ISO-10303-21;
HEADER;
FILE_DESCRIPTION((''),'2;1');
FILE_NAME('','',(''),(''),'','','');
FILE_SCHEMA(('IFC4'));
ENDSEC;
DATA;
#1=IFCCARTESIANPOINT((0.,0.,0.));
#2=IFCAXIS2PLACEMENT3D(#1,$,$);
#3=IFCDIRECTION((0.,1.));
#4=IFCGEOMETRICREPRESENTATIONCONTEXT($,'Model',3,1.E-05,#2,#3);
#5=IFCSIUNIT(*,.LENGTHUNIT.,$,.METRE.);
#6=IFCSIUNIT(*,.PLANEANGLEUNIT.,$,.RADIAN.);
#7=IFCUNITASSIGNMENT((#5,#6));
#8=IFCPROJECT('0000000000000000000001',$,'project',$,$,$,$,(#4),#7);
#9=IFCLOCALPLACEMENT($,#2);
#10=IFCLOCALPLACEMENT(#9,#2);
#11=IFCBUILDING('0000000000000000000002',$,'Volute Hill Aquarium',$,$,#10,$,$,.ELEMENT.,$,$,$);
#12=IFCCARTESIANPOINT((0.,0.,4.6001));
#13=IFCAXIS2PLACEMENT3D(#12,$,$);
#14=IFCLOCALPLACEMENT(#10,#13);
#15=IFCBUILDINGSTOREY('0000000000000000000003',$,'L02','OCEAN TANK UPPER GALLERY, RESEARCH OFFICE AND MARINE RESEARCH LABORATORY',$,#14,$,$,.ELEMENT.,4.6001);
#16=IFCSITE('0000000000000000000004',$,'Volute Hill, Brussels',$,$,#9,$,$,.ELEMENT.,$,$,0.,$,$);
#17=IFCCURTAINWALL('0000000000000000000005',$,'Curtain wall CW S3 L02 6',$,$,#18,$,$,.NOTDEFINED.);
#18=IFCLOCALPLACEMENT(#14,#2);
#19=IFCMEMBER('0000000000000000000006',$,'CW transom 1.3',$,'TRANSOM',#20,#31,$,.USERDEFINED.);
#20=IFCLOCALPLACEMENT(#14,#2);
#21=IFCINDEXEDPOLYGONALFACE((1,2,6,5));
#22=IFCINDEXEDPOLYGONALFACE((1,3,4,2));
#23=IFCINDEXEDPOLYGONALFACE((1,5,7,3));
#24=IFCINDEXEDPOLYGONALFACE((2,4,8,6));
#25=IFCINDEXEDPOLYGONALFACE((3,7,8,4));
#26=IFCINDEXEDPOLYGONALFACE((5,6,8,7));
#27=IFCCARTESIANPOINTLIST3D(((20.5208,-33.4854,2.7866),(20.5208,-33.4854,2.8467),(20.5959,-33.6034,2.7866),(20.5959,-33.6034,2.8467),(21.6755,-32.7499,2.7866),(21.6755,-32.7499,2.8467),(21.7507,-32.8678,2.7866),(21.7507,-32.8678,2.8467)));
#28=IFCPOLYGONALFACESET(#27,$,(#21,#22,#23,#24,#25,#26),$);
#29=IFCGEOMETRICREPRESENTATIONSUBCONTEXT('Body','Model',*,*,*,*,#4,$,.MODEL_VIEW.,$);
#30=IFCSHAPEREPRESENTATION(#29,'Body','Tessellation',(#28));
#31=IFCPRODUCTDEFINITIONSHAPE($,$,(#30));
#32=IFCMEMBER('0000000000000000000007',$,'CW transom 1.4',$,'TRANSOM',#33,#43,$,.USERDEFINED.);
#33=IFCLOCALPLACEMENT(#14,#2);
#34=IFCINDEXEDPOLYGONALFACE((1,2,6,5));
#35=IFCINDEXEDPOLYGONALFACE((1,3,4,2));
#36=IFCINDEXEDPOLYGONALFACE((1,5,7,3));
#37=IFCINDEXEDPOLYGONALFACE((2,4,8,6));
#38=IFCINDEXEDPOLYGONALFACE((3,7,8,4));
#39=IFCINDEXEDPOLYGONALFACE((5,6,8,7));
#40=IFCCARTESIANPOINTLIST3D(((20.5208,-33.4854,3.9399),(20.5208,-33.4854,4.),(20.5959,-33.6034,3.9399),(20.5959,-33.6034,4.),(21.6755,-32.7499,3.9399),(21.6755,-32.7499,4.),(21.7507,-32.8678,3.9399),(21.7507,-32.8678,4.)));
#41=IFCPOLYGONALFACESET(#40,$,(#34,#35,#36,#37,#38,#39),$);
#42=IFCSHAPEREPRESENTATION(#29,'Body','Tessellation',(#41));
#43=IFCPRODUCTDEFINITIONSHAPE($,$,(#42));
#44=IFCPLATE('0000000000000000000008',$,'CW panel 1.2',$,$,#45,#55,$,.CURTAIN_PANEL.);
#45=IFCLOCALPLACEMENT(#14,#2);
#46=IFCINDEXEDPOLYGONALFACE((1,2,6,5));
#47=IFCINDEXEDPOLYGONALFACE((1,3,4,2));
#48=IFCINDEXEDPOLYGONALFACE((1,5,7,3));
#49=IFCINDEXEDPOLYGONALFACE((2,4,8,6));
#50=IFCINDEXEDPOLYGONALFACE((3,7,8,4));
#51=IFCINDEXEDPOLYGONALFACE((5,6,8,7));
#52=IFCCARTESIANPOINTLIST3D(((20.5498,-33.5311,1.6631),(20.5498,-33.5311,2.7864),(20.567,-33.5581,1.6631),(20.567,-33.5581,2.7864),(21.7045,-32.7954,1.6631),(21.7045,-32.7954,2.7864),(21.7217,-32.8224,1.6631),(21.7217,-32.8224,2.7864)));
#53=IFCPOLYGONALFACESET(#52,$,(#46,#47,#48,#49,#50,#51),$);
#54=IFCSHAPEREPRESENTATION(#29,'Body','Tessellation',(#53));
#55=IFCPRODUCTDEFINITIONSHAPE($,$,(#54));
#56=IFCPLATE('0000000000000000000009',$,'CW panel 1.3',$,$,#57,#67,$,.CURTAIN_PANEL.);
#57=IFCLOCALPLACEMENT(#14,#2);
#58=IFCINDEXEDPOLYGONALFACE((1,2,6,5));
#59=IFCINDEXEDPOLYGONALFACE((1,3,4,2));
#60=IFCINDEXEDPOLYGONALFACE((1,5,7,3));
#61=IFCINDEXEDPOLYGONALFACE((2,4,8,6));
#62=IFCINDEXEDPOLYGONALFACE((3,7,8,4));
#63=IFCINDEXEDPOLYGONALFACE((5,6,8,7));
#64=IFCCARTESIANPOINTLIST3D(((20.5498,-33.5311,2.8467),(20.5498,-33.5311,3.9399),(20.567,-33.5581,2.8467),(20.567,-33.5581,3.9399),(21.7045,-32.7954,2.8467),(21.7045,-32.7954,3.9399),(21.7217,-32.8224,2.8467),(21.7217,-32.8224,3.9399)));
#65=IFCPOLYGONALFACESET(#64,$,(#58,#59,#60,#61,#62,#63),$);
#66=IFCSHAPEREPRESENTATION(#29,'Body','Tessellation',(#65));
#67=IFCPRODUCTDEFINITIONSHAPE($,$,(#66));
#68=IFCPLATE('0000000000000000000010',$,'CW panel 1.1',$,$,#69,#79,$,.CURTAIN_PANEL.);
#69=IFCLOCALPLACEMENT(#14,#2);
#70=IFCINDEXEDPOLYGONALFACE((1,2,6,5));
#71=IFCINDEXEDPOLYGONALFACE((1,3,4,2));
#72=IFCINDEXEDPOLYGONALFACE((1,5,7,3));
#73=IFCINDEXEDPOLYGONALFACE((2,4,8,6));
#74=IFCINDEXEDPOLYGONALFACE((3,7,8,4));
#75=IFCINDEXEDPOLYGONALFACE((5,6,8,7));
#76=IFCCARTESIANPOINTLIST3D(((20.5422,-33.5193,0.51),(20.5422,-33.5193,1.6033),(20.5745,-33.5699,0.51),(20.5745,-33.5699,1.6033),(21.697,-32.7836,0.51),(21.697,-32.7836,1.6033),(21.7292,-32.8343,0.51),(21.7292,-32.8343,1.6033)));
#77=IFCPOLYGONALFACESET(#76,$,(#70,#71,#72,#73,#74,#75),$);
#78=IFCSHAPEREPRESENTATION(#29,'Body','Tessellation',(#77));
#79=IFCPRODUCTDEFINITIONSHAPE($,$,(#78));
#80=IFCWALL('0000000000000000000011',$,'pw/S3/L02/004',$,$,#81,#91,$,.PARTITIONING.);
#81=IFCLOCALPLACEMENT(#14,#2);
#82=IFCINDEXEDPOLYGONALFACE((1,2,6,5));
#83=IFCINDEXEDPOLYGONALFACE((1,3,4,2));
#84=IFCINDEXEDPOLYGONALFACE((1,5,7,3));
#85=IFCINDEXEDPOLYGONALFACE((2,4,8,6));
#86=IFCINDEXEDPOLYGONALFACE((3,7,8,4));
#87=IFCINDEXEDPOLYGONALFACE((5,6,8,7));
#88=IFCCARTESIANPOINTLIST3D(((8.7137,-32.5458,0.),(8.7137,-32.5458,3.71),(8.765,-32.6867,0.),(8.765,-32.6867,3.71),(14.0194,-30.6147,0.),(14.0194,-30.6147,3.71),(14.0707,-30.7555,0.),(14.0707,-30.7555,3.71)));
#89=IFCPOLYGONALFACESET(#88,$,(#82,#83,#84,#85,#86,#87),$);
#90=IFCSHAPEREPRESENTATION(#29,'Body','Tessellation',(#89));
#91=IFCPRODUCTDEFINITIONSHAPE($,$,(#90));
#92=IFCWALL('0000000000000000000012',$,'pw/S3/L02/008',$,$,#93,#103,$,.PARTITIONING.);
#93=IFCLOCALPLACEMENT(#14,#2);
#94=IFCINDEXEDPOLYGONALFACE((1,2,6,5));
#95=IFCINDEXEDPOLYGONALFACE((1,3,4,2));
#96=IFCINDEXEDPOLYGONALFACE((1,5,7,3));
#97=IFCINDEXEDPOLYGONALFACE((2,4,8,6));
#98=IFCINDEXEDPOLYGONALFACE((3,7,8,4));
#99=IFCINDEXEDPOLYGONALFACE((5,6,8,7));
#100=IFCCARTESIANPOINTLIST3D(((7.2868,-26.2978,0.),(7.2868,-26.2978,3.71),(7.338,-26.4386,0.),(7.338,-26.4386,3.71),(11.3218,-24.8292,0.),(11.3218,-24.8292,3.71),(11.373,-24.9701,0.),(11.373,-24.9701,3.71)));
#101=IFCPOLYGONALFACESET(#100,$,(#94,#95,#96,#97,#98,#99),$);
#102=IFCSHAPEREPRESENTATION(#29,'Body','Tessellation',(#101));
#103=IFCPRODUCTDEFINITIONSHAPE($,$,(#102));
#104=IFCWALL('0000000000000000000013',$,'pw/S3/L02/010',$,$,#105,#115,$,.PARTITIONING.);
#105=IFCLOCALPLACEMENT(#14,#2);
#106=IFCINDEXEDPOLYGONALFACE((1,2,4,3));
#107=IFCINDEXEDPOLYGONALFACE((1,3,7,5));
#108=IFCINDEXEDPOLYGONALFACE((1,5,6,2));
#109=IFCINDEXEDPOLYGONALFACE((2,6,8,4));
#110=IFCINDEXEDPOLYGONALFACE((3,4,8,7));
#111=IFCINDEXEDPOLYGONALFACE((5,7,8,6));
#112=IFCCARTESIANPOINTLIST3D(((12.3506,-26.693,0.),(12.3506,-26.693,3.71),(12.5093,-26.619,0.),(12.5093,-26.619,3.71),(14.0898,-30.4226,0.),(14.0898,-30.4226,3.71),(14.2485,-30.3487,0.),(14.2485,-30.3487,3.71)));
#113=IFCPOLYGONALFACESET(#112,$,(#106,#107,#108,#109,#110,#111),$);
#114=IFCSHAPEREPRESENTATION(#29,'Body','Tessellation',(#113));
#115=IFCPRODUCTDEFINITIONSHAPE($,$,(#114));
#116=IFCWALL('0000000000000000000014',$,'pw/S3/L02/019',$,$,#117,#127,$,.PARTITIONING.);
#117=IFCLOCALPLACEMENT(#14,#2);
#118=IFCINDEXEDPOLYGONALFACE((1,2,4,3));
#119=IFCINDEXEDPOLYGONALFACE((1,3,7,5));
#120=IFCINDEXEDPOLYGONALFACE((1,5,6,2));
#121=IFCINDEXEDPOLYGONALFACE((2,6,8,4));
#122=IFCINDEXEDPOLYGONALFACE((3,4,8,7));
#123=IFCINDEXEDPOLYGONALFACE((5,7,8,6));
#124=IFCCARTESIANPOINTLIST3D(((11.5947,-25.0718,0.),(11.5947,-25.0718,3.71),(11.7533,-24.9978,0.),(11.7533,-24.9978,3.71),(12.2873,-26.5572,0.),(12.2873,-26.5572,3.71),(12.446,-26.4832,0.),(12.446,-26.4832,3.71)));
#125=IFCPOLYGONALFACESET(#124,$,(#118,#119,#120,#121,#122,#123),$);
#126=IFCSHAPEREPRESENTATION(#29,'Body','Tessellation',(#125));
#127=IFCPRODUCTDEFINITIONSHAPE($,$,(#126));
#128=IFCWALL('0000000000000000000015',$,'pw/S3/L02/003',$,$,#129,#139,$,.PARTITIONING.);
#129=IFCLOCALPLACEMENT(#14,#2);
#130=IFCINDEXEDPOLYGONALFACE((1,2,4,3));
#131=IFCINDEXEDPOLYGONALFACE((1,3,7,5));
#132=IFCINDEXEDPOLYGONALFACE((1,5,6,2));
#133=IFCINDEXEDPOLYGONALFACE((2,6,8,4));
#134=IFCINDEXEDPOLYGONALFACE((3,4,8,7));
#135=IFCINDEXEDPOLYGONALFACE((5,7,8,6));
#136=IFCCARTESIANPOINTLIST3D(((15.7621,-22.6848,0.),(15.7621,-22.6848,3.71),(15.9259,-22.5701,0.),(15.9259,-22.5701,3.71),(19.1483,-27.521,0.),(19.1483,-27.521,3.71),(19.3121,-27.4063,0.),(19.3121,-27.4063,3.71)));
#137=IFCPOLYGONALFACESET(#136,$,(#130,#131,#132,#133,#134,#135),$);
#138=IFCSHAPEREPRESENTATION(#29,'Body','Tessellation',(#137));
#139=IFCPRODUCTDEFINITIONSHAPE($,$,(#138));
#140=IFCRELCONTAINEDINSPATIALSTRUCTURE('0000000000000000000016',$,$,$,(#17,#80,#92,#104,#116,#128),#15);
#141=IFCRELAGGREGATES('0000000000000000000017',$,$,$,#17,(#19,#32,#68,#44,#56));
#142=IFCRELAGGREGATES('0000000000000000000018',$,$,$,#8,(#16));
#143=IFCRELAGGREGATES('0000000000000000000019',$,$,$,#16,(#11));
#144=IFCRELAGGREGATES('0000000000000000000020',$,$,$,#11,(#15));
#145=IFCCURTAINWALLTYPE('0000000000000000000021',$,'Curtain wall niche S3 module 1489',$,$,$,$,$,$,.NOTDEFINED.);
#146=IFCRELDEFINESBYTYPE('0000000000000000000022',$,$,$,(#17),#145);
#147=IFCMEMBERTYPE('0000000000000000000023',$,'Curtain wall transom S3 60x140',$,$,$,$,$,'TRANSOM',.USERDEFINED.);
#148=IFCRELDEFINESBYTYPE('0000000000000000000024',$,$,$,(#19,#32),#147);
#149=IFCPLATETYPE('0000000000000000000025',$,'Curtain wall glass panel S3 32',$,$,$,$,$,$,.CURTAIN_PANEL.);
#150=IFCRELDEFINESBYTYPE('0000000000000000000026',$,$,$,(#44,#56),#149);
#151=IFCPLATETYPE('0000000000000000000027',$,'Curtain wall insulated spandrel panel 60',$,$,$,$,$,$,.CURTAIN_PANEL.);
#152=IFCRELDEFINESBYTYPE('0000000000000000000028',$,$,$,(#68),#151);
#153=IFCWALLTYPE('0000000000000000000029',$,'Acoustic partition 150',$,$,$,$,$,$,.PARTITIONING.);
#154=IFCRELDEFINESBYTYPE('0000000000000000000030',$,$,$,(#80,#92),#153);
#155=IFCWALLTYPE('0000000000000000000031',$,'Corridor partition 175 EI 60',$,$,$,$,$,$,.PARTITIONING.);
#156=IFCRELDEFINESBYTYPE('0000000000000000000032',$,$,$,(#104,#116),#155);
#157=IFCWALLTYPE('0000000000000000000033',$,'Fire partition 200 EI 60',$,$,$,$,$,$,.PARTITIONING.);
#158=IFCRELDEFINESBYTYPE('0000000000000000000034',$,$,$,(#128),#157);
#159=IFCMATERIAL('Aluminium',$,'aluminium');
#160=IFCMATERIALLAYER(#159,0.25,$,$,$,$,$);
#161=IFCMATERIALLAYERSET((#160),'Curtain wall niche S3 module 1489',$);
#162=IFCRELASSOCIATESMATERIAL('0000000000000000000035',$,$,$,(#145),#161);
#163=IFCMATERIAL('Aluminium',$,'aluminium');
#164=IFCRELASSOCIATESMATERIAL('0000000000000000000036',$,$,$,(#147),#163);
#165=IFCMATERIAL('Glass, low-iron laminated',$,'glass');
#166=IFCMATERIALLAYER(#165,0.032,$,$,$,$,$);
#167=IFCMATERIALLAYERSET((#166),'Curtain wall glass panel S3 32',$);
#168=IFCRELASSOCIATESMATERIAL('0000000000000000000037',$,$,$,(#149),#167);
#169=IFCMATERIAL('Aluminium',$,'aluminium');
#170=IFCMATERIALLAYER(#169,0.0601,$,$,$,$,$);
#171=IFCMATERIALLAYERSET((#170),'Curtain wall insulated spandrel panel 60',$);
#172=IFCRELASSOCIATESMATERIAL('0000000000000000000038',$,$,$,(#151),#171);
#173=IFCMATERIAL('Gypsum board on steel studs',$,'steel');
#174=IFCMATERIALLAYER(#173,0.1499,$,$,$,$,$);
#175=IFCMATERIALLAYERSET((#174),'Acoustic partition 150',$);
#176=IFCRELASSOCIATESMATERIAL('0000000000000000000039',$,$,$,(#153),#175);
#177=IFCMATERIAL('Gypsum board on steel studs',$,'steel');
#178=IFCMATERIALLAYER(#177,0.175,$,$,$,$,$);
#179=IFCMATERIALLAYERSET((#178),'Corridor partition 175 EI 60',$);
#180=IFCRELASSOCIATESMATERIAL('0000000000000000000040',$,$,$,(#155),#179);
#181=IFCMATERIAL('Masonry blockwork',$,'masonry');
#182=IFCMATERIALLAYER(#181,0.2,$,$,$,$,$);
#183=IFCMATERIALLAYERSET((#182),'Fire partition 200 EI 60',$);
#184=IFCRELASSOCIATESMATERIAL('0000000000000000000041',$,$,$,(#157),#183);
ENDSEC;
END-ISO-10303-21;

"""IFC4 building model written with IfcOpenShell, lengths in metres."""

from ifc_helpers import new_model, si_unit, direction, frame, frame_2d, origin, origin_2d, place, context, subcontext, project, spatial, rectangle, extrude, material, layer, layer_set, material_profile, profile_set, type_object, element, aggregate, save


model = new_model("IFC4")

# Units and contexts
model_context = context("Model", 3, precision=1e-05, world=origin(), true_north=direction((0.0, 1.0)))
body_context = subcontext(model_context, "Body", "Model", "MODEL_VIEW")
ifc_project = project(units=[si_unit("LENGTHUNIT", "METRE"), si_unit("PLANEANGLEUNIT", "RADIAN")], contexts=[model_context])

# Site, building, storey
site_placement = place(None, origin())
site = spatial("IfcSite", under=ifc_project, at=site_placement, Name="Volute Hill, Brussels", CompositionType="ELEMENT", RefElevation=0.0)
building_placement = place(site_placement, origin())
building = spatial("IfcBuilding", under=site, at=building_placement, Name="Volute Hill Aquarium", CompositionType="ELEMENT")
storey_placement = place(building_placement, frame((0.0, 0.0, 4.6001)))
storey = spatial("IfcBuildingStorey", under=building, at=storey_placement, Name="L02", Description="OCEAN TANK UPPER GALLERY, RESEARCH OFFICE AND MARINE RESEARCH LABORATORY", CompositionType="ELEMENT", Elevation=4.6001)

# Curtain wall, members, plates
ifc_material_1 = material(Name="Aluminium", Category="aluminium")
ifc_layer_1 = layer(ifc_material_1, 0.25)
ifc_layer_set_1 = layer_set([ifc_layer_1], Name="Curtain wall niche S3 module 1489")
curtain_wall_type = type_object("IfcCurtainWallType", Name="Curtain wall niche S3 module 1489", PredefinedType="NOTDEFINED", material=ifc_layer_set_1)
curtain_wall_placement = place(storey_placement, origin())
curtain_wall = element("IfcCurtainWall", 1, at=curtain_wall_placement, inside=storey, type_object=curtain_wall_type, Name="Curtain wall CW S3 L02 6", PredefinedType="NOTDEFINED")
ifc_material_2 = material(Name="Aluminium", Category="aluminium")
ifc_material_profile_1 = material_profile(ifc_material_2, rectangle(XDim=0.1399, YDim=0.0601, at=origin_2d()), Name="Curtain wall transom S3 60x140")
ifc_profile_set_1 = profile_set([ifc_material_profile_1], Name="Aluminium")
member_type = type_object("IfcMemberType", Name="Curtain wall transom S3 60x140", ElementType="TRANSOM", PredefinedType="USERDEFINED", material=ifc_profile_set_1)
member_1_placement = place(storey_placement, frame((20.5583, -33.5444, 2.8167), z_axis=(0.843419, 0.537256, 0.0), x_axis=(-0.537256, 0.843419, 0.0)))
member_1 = element("IfcMember", 2, at=member_1_placement, type_object=member_type, Name="CW transom 1.3", ObjectType="TRANSOM", PredefinedType="USERDEFINED", context=body_context, shape_type="SweptSolid", body=[
    extrude(rectangle(XDim=0.1399, YDim=0.0601, at=origin_2d()), origin(), (0.0, 0.0, 1.0), 1.3691),
])
member_2_placement = place(storey_placement, frame((20.5583, -33.5444, 3.97), z_axis=(0.843419, 0.537256, 0.0), x_axis=(-0.537256, 0.843419, 0.0)))
member_2 = element("IfcMember", 3, at=member_2_placement, type_object=member_type, Name="CW transom 1.4", ObjectType="TRANSOM", PredefinedType="USERDEFINED", context=body_context, shape_type="SweptSolid", body=[
    extrude(rectangle(XDim=0.1399, YDim=0.0601, at=origin_2d()), origin(), (0.0, 0.0, 1.0), 1.3691),
])
ifc_material_3 = material(Name="Glass, low-iron laminated", Category="glass")
ifc_layer_2 = layer(ifc_material_3, 0.032)
ifc_layer_set_2 = layer_set([ifc_layer_2], Name="Curtain wall glass panel S3 32")
plate_type_1 = type_object("IfcPlateType", Name="Curtain wall glass panel S3 32", PredefinedType="CURTAIN_PANEL", material=ifc_layer_set_2)
plate_1_placement = place(storey_placement, frame((21.1357, -33.1768, 1.6631), z_axis=(0.0, 0.0, 1.0), x_axis=(0.843387, 0.537307, 0.0)))
plate_1 = element("IfcPlate", 4, at=plate_1_placement, type_object=plate_type_1, Name="CW panel 1.2", PredefinedType="CURTAIN_PANEL", context=body_context, shape_type="SweptSolid", body=[
    extrude(rectangle(XDim=1.3691, YDim=0.032, at=origin_2d()), origin(), (0.0, 0.0, 1.0), 1.1233),
])
plate_2_placement = place(storey_placement, frame((21.1357, -33.1768, 2.8467), z_axis=(0.0, 0.0, 1.0), x_axis=(0.843387, 0.537307, 0.0)))
plate_2 = element("IfcPlate", 5, at=plate_2_placement, type_object=plate_type_1, Name="CW panel 1.3", PredefinedType="CURTAIN_PANEL", context=body_context, shape_type="SweptSolid", body=[
    extrude(rectangle(XDim=1.3691, YDim=0.032, at=origin_2d()), origin(), (0.0, 0.0, 1.0), 1.0933),
])
ifc_material_4 = material(Name="Aluminium", Category="aluminium")
ifc_layer_3 = layer(ifc_material_4, 0.0601)
ifc_layer_set_3 = layer_set([ifc_layer_3], Name="Curtain wall insulated spandrel panel 60")
plate_type_2 = type_object("IfcPlateType", Name="Curtain wall insulated spandrel panel 60", PredefinedType="CURTAIN_PANEL", material=ifc_layer_set_3)
plate_3_placement = place(storey_placement, frame((21.1357, -33.1768, 0.51), z_axis=(0.0, 0.0, 1.0), x_axis=(0.843387, 0.537307, 0.0)))
plate_3 = element("IfcPlate", 6, at=plate_3_placement, type_object=plate_type_2, Name="CW panel 1.1", PredefinedType="CURTAIN_PANEL", context=body_context, shape_type="SweptSolid", body=[
    extrude(rectangle(XDim=1.3691, YDim=0.0601, at=origin_2d()), origin(), (0.0, 0.0, 1.0), 1.0933),
])
aggregate(curtain_wall, [member_1, member_2, plate_3, plate_1, plate_2])

# Walls
ifc_material_5 = material(Name="Gypsum board on steel studs", Category="steel")
ifc_layer_4 = layer(ifc_material_5, 0.1499)
ifc_layer_set_4 = layer_set([ifc_layer_4], Name="Acoustic partition 150")
wall_type_1 = type_object("IfcWallType", Name="Acoustic partition 150", PredefinedType="PARTITIONING", material=ifc_layer_set_4)
wall_1_placement = place(storey_placement, frame((14.0452, -30.6851, 0.0), z_axis=(0.0, 0.0, 1.0), x_axis=(-0.93969, -0.342028, 0.0)))
element("IfcWall", 7, at=wall_1_placement, inside=storey, type_object=wall_type_1, Name="pw/S3/L02/004", PredefinedType="PARTITIONING", context=body_context, shape_type="SweptSolid", body=[
    extrude(rectangle(XDim=5.6462, YDim=0.1499, at=frame_2d((2.8232, 0.0))), origin(), (0.0, 0.0, 1.0), 3.71),
])
wall_2_placement = place(storey_placement, frame((11.3474, -24.8997, 0.0), z_axis=(0.0, 0.0, 1.0), x_axis=(-0.939699, -0.342003, 0.0)))
element("IfcWall", 8, at=wall_2_placement, inside=storey, type_object=wall_type_1, Name="pw/S3/L02/008", PredefinedType="PARTITIONING", context=body_context, shape_type="SweptSolid", body=[
    extrude(rectangle(XDim=4.2939, YDim=0.1499, at=frame_2d((2.147, 0.0))), origin(), (0.0, 0.0, 1.0), 3.71),
])
ifc_material_6 = material(Name="Gypsum board on steel studs", Category="steel")
ifc_layer_5 = layer(ifc_material_6, 0.175)
ifc_layer_set_5 = layer_set([ifc_layer_5], Name="Corridor partition 175 EI 60")
wall_type_2 = type_object("IfcWallType", Name="Corridor partition 175 EI 60", PredefinedType="PARTITIONING", material=ifc_layer_set_5)
wall_3_placement = place(storey_placement, frame((12.4299, -26.656, 0.0), z_axis=(0.0, 0.0, 1.0), x_axis=(0.422629, -0.906303, 0.0)))
element("IfcWall", 9, at=wall_3_placement, inside=storey, type_object=wall_type_2, Name="pw/S3/L02/010", PredefinedType="PARTITIONING", context=body_context, shape_type="SweptSolid", body=[
    extrude(rectangle(XDim=4.1152, YDim=0.175, at=frame_2d((2.0576, 0.0))), origin(), (0.0, 0.0, 1.0), 3.71),
])
wall_4_placement = place(storey_placement, frame((11.6741, -25.0349, 0.0), z_axis=(0.0, 0.0, 1.0), x_axis=(0.422616, -0.906309, 0.0)))
element("IfcWall", 10, at=wall_4_placement, inside=storey, type_object=wall_type_2, Name="pw/S3/L02/019", PredefinedType="PARTITIONING", context=body_context, shape_type="SweptSolid", body=[
    extrude(rectangle(XDim=1.6389, YDim=0.175, at=frame_2d((0.8193, 0.0))), origin(), (0.0, 0.0, 1.0), 3.71),
])
ifc_material_7 = material(Name="Masonry blockwork", Category="masonry")
ifc_layer_6 = layer(ifc_material_7, 0.2)
ifc_layer_set_6 = layer_set([ifc_layer_6], Name="Fire partition 200 EI 60")
wall_type_3 = type_object("IfcWallType", Name="Fire partition 200 EI 60", PredefinedType="PARTITIONING", material=ifc_layer_set_6)
wall_5_placement = place(storey_placement, frame((19.2302, -27.4636, 0.0), z_axis=(0.0, 0.0, 1.0), x_axis=(-0.573565, 0.81916, 0.0)))
element("IfcWall", 11, at=wall_5_placement, inside=storey, type_object=wall_type_3, Name="pw/S3/L02/003", PredefinedType="PARTITIONING", context=body_context, shape_type="SweptSolid", body=[
    extrude(rectangle(XDim=5.9038, YDim=0.2, at=frame_2d((2.9519, 0.0))), origin(), (0.0, 0.0, 1.0), 3.71),
])

save(model, "model.ifc")
